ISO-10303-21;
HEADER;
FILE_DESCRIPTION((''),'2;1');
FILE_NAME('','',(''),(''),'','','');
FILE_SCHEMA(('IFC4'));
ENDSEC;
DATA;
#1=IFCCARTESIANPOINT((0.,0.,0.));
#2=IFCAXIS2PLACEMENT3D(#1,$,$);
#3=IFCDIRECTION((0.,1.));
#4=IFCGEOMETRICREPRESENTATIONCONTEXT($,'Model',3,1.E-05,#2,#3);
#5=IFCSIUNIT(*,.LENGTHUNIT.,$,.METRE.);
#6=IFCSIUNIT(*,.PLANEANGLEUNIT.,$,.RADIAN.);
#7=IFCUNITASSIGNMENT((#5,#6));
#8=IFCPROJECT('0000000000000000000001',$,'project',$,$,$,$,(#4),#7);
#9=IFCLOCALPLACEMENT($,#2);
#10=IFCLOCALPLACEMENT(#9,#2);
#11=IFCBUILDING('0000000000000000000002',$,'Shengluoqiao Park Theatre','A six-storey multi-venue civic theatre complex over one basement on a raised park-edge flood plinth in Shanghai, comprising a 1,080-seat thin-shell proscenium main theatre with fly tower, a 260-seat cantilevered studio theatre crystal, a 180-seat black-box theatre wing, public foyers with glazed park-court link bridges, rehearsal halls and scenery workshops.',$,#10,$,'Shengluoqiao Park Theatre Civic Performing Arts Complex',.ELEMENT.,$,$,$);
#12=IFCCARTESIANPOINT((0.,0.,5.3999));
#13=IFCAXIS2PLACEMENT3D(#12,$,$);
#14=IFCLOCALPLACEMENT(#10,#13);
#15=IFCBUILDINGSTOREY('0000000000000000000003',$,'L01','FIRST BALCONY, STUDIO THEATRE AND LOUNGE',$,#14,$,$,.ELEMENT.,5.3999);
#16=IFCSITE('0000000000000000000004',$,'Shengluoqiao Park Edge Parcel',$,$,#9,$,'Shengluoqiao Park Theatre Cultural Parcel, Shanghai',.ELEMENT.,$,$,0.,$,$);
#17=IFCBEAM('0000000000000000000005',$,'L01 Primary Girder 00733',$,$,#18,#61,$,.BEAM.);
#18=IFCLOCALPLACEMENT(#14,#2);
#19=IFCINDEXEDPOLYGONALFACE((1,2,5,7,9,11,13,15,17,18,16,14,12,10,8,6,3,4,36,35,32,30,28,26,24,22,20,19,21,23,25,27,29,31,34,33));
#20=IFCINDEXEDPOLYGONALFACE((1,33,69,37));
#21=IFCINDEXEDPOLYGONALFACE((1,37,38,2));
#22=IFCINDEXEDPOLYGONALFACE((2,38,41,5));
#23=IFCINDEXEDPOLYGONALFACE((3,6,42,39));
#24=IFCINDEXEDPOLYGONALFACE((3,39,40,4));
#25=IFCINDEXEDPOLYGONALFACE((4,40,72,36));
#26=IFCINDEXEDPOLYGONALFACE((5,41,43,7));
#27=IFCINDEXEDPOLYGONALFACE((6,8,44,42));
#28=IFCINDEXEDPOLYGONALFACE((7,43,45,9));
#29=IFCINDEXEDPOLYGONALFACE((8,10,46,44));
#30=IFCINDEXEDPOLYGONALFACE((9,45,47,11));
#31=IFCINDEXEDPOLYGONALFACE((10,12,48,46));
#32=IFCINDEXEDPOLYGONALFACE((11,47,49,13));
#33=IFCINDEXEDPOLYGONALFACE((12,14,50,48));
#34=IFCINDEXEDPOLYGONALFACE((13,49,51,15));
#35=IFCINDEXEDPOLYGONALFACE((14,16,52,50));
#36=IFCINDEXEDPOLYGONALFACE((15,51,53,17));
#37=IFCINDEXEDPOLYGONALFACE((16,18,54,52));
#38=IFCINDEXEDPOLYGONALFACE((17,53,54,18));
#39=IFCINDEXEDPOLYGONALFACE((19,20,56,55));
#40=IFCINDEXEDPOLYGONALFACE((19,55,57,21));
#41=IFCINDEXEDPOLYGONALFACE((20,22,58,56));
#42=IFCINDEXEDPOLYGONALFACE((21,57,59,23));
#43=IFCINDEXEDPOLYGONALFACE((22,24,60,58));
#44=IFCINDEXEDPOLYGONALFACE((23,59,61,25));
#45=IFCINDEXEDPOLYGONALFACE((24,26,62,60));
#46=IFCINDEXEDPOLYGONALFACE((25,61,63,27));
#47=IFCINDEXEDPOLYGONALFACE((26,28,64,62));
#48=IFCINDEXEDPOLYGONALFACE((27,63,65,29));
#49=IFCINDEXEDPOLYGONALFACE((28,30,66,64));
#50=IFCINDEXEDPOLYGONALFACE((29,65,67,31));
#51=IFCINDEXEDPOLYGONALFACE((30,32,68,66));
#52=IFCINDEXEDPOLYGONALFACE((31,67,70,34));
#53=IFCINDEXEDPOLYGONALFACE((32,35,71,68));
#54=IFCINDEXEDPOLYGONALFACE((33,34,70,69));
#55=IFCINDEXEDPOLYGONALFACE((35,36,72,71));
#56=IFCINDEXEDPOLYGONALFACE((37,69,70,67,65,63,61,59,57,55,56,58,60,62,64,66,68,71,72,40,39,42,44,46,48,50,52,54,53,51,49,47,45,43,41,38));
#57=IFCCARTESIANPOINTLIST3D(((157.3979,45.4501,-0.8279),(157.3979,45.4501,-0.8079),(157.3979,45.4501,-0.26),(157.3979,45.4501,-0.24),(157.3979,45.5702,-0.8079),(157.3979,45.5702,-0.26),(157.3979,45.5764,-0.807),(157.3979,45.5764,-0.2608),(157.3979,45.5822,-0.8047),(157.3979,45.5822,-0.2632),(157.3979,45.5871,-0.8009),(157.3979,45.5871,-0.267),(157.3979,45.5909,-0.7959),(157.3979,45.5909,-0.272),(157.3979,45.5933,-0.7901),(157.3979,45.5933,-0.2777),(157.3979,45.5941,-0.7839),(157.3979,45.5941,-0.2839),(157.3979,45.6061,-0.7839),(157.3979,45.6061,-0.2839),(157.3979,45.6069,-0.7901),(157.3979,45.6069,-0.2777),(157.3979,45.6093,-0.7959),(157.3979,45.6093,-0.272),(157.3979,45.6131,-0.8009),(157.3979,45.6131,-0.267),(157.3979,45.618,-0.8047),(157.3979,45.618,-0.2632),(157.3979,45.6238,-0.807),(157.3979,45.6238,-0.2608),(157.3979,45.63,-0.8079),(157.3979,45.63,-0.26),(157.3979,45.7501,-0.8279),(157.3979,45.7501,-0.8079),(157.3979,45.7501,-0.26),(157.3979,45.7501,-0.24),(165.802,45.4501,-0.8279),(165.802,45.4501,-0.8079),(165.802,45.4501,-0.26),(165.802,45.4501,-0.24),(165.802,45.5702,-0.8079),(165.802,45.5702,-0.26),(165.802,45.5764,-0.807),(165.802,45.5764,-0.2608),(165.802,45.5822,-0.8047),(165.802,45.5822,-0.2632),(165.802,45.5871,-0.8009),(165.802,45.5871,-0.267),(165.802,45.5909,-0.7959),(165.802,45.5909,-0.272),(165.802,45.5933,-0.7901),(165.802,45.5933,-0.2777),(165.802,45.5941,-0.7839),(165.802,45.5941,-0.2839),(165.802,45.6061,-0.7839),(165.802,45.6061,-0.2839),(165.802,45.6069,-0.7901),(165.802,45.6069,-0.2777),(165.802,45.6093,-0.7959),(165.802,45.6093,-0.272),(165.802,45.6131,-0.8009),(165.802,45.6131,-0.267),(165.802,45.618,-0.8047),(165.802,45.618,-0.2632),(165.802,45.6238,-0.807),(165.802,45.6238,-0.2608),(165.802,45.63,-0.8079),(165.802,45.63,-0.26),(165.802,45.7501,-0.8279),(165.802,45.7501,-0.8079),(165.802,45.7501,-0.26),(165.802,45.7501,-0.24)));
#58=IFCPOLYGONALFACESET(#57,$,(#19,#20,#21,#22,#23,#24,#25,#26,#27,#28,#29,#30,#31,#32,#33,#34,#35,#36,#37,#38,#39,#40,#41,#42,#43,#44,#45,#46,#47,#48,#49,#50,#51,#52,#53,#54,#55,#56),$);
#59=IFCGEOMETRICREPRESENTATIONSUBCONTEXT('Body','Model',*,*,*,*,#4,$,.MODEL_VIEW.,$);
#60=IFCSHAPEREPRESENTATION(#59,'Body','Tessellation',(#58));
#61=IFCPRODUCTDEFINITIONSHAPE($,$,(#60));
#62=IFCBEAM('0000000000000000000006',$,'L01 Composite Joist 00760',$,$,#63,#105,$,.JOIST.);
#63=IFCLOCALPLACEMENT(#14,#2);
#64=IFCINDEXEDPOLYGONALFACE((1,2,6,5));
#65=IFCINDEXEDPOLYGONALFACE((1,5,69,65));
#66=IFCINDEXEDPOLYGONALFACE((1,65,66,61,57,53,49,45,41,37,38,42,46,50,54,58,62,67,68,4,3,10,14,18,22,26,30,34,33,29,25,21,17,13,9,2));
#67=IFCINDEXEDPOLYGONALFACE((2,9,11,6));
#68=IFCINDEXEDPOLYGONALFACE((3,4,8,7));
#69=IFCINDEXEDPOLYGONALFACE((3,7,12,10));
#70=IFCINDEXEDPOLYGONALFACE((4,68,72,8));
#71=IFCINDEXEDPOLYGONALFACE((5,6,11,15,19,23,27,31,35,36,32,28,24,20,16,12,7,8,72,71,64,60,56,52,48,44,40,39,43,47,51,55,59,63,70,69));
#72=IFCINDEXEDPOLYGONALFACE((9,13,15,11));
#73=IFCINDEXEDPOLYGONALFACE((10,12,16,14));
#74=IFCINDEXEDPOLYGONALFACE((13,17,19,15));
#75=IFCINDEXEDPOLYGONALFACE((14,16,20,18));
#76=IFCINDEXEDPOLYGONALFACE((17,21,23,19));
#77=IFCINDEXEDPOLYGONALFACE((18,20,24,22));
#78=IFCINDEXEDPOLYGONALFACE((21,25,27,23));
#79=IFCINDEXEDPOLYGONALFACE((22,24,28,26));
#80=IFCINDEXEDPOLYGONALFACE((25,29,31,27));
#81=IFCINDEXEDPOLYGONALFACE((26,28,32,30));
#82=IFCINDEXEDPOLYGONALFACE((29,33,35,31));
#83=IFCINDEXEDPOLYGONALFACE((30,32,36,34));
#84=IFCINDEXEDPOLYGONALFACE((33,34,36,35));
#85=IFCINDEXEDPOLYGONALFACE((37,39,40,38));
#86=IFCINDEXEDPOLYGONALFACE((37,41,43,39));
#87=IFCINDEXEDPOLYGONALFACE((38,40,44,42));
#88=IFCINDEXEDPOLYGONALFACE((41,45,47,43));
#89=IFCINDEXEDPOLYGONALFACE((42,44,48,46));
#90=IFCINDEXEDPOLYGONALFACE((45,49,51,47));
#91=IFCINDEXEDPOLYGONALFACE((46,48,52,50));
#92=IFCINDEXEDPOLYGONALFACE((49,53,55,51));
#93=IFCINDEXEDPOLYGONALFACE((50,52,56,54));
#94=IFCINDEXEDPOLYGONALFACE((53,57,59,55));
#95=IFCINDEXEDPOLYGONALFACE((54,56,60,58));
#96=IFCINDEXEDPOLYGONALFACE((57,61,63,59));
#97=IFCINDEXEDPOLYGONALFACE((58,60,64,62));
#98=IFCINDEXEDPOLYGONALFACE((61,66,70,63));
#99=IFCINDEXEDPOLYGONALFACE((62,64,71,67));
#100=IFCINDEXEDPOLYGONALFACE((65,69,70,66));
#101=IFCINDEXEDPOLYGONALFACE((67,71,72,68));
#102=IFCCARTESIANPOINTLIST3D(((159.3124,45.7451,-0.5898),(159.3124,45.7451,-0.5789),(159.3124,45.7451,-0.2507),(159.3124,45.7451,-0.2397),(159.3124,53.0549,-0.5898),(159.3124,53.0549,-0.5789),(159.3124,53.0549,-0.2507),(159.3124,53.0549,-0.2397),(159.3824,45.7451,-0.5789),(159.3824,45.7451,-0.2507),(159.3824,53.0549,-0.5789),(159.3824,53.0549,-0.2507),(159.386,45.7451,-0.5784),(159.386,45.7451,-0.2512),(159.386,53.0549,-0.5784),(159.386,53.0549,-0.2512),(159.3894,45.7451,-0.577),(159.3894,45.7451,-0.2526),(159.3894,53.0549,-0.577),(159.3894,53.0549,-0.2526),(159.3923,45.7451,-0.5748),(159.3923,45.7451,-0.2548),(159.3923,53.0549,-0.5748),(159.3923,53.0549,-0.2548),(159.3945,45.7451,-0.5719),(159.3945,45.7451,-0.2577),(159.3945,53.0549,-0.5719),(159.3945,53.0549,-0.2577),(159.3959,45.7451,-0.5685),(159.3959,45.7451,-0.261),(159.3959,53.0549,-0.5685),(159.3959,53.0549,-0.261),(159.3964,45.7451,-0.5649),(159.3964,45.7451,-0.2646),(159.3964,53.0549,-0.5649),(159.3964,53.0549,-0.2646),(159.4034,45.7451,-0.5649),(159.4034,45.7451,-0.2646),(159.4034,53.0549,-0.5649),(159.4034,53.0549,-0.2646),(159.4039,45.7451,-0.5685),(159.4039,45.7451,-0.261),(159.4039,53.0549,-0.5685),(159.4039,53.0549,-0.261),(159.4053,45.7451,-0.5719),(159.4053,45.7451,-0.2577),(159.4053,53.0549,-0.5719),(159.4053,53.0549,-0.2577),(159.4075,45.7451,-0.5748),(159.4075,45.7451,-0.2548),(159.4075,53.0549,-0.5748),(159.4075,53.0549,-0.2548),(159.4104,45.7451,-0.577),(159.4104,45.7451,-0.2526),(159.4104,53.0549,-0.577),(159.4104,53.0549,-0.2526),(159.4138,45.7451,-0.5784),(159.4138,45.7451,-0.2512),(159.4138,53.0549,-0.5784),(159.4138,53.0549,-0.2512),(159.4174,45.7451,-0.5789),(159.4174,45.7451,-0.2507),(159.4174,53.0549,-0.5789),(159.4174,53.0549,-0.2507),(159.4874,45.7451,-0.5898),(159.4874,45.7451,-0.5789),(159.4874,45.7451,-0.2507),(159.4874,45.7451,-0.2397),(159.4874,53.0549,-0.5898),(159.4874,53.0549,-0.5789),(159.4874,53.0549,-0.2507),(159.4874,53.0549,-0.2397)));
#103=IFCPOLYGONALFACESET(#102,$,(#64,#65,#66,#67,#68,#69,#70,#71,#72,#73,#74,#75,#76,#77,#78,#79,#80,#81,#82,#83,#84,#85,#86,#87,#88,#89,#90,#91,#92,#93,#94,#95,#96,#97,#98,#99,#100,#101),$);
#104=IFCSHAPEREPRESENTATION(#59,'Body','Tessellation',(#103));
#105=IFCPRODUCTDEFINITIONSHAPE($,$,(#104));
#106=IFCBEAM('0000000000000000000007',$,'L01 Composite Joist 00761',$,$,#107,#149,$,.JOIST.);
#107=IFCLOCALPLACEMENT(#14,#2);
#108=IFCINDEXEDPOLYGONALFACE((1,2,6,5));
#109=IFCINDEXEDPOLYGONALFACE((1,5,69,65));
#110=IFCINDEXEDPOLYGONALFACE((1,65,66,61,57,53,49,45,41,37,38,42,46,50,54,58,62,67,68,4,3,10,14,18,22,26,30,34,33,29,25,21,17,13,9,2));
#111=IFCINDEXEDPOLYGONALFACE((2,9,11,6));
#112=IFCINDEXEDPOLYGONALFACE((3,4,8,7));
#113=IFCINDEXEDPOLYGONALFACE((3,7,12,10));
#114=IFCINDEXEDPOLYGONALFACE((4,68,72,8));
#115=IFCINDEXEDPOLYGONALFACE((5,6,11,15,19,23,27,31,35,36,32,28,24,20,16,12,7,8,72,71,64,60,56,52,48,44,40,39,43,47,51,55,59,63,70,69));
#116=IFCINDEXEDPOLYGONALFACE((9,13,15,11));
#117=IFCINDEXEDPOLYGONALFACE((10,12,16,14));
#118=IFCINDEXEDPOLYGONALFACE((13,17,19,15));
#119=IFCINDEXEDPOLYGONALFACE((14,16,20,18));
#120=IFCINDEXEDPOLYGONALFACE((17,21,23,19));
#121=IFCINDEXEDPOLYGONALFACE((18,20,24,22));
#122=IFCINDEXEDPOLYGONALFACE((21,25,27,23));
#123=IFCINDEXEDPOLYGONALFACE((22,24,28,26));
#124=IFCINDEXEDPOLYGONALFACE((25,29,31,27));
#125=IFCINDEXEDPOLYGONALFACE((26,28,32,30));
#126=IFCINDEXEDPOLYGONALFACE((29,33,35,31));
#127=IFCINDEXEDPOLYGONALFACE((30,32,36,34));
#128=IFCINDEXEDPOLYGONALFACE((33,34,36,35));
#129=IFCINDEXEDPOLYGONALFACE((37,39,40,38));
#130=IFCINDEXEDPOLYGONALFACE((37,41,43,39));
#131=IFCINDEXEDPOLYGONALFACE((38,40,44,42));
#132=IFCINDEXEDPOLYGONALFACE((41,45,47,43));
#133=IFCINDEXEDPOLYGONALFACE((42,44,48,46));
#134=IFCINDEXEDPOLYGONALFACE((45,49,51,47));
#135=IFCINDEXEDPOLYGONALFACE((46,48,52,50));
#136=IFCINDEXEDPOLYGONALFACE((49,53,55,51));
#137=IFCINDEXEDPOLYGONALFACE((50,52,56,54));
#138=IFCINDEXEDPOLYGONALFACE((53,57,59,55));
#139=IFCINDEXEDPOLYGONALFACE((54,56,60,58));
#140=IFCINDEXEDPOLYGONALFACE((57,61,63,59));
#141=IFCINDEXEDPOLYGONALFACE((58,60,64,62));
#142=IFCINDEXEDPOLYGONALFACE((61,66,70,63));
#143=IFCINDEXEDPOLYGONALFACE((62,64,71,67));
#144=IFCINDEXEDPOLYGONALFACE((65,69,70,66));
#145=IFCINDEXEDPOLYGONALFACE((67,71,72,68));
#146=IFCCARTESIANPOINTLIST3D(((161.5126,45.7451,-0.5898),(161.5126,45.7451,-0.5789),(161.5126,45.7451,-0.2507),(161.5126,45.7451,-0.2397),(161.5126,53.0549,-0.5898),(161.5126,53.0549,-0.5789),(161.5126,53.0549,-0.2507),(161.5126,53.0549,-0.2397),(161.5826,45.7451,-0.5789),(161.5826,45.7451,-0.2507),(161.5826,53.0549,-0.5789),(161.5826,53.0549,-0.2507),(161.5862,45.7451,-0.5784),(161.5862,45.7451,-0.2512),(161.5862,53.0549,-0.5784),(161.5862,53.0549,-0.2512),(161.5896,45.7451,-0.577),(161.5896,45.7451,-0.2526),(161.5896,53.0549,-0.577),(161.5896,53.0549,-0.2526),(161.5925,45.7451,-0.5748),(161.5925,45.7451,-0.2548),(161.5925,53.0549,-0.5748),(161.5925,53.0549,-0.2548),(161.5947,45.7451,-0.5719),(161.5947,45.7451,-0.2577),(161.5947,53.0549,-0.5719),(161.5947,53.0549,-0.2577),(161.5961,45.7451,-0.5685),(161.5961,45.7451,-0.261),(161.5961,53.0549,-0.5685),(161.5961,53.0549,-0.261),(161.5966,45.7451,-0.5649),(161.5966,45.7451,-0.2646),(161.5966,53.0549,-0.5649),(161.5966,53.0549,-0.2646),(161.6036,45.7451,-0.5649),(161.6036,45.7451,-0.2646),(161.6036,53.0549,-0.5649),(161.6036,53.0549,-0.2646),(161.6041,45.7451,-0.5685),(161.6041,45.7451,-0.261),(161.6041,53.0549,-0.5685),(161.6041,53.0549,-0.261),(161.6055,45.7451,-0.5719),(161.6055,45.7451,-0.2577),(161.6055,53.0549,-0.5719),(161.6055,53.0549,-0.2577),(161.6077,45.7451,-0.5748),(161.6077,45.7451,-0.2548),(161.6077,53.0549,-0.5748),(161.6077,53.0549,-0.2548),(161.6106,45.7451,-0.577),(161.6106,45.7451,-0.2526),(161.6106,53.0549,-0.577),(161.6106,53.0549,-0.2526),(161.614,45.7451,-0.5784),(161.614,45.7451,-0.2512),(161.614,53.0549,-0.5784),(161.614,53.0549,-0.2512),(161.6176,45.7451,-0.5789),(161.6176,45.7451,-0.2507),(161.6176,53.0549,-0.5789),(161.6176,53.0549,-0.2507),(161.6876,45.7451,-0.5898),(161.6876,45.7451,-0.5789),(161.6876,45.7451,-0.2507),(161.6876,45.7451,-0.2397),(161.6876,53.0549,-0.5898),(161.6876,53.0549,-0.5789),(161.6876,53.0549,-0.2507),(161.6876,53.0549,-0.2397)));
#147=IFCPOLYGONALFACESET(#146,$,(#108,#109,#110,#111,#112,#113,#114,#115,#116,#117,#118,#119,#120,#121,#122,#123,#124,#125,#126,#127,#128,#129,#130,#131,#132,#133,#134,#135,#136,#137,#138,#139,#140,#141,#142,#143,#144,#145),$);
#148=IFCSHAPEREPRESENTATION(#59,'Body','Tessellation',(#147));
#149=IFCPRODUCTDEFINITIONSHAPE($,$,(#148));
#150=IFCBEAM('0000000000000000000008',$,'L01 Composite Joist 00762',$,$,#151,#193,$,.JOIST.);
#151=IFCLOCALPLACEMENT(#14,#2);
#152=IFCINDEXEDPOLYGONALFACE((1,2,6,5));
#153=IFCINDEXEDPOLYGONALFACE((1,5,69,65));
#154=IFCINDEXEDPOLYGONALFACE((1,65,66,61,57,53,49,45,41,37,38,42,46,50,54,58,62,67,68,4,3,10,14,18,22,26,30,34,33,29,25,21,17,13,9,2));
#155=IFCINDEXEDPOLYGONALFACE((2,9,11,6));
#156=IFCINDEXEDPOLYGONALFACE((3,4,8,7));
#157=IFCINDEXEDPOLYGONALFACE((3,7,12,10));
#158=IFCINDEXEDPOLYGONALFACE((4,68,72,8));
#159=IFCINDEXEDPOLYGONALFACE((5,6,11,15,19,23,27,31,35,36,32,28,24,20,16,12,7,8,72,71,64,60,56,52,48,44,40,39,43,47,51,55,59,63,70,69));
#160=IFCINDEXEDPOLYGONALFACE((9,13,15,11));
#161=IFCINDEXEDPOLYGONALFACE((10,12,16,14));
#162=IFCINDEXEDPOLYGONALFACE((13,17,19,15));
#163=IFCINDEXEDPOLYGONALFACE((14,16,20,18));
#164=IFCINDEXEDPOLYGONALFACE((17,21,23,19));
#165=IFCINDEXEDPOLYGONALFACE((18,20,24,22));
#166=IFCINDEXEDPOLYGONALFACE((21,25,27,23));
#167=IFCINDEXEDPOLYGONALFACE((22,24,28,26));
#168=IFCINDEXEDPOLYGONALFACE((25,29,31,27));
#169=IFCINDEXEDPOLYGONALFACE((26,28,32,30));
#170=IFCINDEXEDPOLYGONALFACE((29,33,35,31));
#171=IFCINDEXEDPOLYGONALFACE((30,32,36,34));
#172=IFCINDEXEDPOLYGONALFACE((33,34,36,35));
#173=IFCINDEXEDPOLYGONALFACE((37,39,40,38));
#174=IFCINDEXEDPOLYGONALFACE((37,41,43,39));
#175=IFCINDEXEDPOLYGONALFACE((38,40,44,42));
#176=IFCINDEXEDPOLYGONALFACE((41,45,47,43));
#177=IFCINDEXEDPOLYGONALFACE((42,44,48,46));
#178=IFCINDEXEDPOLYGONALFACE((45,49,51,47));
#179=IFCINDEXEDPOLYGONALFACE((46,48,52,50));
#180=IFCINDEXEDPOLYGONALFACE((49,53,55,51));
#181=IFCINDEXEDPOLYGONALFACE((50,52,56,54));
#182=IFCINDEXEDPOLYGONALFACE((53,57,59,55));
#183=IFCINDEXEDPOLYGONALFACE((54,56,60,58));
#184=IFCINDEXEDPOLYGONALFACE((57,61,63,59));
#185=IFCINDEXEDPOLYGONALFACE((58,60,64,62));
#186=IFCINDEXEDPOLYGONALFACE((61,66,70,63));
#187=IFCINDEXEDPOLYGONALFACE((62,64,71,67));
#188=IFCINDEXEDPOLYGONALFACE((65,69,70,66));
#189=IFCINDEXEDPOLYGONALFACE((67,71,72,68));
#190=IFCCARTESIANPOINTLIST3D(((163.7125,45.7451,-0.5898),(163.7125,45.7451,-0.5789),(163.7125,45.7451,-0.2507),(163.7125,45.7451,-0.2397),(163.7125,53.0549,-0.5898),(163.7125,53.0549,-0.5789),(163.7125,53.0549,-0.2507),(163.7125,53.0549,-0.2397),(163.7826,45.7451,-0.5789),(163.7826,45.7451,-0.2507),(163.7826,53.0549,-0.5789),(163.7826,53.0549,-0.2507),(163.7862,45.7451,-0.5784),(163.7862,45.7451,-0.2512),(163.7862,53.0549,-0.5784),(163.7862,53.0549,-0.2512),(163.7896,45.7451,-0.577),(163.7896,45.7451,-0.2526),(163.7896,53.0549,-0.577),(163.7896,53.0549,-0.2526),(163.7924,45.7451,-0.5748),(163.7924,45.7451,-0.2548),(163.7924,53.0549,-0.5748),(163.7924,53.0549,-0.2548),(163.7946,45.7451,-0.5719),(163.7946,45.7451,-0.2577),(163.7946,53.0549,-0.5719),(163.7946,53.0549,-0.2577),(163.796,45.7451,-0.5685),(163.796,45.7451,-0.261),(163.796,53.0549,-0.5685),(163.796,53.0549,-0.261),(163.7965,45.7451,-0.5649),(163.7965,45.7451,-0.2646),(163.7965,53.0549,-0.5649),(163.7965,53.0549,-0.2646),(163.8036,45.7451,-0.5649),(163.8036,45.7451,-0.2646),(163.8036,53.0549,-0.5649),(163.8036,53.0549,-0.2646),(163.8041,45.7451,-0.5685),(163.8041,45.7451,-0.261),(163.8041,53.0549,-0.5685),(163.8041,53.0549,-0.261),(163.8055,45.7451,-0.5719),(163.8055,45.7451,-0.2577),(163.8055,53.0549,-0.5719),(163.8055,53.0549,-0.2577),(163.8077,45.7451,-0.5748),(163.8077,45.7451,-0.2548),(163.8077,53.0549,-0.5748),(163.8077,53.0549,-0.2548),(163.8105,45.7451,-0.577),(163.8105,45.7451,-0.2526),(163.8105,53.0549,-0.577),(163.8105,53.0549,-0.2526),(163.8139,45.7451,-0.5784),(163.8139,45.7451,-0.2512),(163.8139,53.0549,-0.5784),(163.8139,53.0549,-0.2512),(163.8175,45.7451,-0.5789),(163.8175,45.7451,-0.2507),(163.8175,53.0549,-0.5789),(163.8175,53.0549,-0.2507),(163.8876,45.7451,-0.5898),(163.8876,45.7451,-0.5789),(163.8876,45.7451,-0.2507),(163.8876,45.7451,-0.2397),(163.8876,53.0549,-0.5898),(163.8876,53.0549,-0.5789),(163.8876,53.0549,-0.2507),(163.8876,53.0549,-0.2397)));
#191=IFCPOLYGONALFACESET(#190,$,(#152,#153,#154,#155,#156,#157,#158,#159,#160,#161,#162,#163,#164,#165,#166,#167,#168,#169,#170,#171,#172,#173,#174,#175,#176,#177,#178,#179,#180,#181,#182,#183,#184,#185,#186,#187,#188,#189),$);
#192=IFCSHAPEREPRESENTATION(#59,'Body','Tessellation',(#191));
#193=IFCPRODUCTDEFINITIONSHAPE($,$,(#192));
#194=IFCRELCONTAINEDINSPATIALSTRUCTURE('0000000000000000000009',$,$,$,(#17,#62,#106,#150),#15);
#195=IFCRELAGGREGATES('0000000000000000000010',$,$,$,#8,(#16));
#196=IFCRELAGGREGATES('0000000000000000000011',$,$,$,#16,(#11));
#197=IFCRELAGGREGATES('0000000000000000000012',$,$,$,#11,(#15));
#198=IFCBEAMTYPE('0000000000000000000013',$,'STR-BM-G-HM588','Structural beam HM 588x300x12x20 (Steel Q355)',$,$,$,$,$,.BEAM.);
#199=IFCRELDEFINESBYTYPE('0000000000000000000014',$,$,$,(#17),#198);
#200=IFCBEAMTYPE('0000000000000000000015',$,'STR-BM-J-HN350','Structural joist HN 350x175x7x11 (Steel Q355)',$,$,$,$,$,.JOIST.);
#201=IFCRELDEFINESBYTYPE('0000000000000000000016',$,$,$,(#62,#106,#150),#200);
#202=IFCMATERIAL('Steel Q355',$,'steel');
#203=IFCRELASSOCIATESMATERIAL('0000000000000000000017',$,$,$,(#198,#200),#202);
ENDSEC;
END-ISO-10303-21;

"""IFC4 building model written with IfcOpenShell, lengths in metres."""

from ifc_helpers import new_model, si_unit, direction, frame, origin, origin_2d, place, context, subcontext, project, spatial, i_section, extrude, material, material_profile, profile_set, type_object, element, save


model = new_model("IFC4")

# Units and contexts
model_context = context("Model", 3, precision=1e-05, world=origin(), true_north=direction((0.0, 1.0)))
body_context = subcontext(model_context, "Body", "Model", "MODEL_VIEW")
ifc_project = project(units=[si_unit("LENGTHUNIT", "METRE"), si_unit("PLANEANGLEUNIT", "RADIAN")], contexts=[model_context])

# Site, building, storey
site_placement = place(None, origin())
site = spatial("IfcSite", under=ifc_project, at=site_placement, Name="Shengluoqiao Park Edge Parcel", LongName="Shengluoqiao Park Theatre Cultural Parcel, Shanghai", CompositionType="ELEMENT", RefElevation=0.0)
building_placement = place(site_placement, origin())
building = spatial("IfcBuilding", under=site, at=building_placement, Name="Shengluoqiao Park Theatre", Description="A six-storey multi-venue civic theatre complex over one basement on a raised park-edge flood plinth in Shanghai, comprising a 1,080-seat thin-shell proscenium main theatre with fly tower, a 260-seat cantilevered studio theatre crystal, a 180-seat black-box theatre wing, public foyers with glazed park-court link bridges, rehearsal halls and scenery workshops.", LongName="Shengluoqiao Park Theatre Civic Performing Arts Complex", CompositionType="ELEMENT")
storey_placement = place(building_placement, frame((0.0, 0.0, 5.3999)))
storey = spatial("IfcBuildingStorey", under=building, at=storey_placement, Name="L01", Description="FIRST BALCONY, STUDIO THEATRE AND LOUNGE", CompositionType="ELEMENT", Elevation=5.3999)

# Beams
ifc_material_1 = material(Name="Steel Q355", Category="steel")
ifc_material_profile_1 = material_profile(ifc_material_1, i_section(OverallWidth=0.3, OverallDepth=0.5879, WebThickness=0.012, FlangeThickness=0.02, FilletRadius=0.0239, at=origin_2d()), Name="HM 588x300x12x20")
ifc_profile_set_1 = profile_set([ifc_material_profile_1], Name="Steel Q355")
beam_type_1 = type_object("IfcBeamType", Name="STR-BM-G-HM588", Description="Structural beam HM 588x300x12x20 (Steel Q355)", PredefinedType="BEAM", material=ifc_profile_set_1)
beam_placement = place(storey_placement, frame((157.3979, 45.6001, -0.5339), z_axis=(1.0, 0.0, 0.0), x_axis=(0.0, 1.0, 0.0)))
element("IfcBeam", 1, at=beam_placement, inside=storey, type_object=beam_type_1, Name="L01 Primary Girder 00733", PredefinedType="BEAM", context=body_context, shape_type="SweptSolid", body=[
    extrude(i_section(OverallWidth=0.3, OverallDepth=0.5879, WebThickness=0.012, FlangeThickness=0.02, FilletRadius=0.0239, at=origin_2d()), origin(), (0.0, 0.0, 1.0), 8.4041),
])
ifc_material_profile_2 = material_profile(ifc_material_1, i_section(OverallWidth=0.175, OverallDepth=0.3501, WebThickness=0.0071, FlangeThickness=0.011, FilletRadius=0.0139, at=origin_2d()), Name="HN 350x175x7x11")
ifc_profile_set_2 = profile_set([ifc_material_profile_2], Name="Steel Q355")
beam_type_2 = type_object("IfcBeamType", Name="STR-BM-J-HN350", Description="Structural joist HN 350x175x7x11 (Steel Q355)", PredefinedType="JOIST", material=ifc_profile_set_2)
for number, where, z_axis, x_axis, name in (
    (2, (159.3999, 45.7451, -0.4148), (0.0, 1.0, 0.0), (-1.0, 0.0, 0.0), "L01 Composite Joist 00760"),
    (3, (161.6001, 45.7451, -0.4148), (0.0, 1.0, 0.0), (-1.0, 0.0, 0.0), "L01 Composite Joist 00761"),
    (4, (163.8, 45.7451, -0.4148), (0.0, 1.0, 0.0), (-1.0, 0.0, 0.0), "L01 Composite Joist 00762"),
):
    element("IfcBeam", number, at=place(storey_placement, frame(where, z_axis=z_axis, x_axis=x_axis)), inside=storey, type_object=beam_type_2, Name=name, PredefinedType="JOIST", context=body_context, shape_type="SweptSolid", body=[
        extrude(i_section(OverallWidth=0.175, OverallDepth=0.3501, WebThickness=0.0071, FlangeThickness=0.011, FilletRadius=0.0139, at=origin_2d()), origin(), (0.0, 0.0, 1.0), 7.3098),
    ])

save(model, "model.ifc")
